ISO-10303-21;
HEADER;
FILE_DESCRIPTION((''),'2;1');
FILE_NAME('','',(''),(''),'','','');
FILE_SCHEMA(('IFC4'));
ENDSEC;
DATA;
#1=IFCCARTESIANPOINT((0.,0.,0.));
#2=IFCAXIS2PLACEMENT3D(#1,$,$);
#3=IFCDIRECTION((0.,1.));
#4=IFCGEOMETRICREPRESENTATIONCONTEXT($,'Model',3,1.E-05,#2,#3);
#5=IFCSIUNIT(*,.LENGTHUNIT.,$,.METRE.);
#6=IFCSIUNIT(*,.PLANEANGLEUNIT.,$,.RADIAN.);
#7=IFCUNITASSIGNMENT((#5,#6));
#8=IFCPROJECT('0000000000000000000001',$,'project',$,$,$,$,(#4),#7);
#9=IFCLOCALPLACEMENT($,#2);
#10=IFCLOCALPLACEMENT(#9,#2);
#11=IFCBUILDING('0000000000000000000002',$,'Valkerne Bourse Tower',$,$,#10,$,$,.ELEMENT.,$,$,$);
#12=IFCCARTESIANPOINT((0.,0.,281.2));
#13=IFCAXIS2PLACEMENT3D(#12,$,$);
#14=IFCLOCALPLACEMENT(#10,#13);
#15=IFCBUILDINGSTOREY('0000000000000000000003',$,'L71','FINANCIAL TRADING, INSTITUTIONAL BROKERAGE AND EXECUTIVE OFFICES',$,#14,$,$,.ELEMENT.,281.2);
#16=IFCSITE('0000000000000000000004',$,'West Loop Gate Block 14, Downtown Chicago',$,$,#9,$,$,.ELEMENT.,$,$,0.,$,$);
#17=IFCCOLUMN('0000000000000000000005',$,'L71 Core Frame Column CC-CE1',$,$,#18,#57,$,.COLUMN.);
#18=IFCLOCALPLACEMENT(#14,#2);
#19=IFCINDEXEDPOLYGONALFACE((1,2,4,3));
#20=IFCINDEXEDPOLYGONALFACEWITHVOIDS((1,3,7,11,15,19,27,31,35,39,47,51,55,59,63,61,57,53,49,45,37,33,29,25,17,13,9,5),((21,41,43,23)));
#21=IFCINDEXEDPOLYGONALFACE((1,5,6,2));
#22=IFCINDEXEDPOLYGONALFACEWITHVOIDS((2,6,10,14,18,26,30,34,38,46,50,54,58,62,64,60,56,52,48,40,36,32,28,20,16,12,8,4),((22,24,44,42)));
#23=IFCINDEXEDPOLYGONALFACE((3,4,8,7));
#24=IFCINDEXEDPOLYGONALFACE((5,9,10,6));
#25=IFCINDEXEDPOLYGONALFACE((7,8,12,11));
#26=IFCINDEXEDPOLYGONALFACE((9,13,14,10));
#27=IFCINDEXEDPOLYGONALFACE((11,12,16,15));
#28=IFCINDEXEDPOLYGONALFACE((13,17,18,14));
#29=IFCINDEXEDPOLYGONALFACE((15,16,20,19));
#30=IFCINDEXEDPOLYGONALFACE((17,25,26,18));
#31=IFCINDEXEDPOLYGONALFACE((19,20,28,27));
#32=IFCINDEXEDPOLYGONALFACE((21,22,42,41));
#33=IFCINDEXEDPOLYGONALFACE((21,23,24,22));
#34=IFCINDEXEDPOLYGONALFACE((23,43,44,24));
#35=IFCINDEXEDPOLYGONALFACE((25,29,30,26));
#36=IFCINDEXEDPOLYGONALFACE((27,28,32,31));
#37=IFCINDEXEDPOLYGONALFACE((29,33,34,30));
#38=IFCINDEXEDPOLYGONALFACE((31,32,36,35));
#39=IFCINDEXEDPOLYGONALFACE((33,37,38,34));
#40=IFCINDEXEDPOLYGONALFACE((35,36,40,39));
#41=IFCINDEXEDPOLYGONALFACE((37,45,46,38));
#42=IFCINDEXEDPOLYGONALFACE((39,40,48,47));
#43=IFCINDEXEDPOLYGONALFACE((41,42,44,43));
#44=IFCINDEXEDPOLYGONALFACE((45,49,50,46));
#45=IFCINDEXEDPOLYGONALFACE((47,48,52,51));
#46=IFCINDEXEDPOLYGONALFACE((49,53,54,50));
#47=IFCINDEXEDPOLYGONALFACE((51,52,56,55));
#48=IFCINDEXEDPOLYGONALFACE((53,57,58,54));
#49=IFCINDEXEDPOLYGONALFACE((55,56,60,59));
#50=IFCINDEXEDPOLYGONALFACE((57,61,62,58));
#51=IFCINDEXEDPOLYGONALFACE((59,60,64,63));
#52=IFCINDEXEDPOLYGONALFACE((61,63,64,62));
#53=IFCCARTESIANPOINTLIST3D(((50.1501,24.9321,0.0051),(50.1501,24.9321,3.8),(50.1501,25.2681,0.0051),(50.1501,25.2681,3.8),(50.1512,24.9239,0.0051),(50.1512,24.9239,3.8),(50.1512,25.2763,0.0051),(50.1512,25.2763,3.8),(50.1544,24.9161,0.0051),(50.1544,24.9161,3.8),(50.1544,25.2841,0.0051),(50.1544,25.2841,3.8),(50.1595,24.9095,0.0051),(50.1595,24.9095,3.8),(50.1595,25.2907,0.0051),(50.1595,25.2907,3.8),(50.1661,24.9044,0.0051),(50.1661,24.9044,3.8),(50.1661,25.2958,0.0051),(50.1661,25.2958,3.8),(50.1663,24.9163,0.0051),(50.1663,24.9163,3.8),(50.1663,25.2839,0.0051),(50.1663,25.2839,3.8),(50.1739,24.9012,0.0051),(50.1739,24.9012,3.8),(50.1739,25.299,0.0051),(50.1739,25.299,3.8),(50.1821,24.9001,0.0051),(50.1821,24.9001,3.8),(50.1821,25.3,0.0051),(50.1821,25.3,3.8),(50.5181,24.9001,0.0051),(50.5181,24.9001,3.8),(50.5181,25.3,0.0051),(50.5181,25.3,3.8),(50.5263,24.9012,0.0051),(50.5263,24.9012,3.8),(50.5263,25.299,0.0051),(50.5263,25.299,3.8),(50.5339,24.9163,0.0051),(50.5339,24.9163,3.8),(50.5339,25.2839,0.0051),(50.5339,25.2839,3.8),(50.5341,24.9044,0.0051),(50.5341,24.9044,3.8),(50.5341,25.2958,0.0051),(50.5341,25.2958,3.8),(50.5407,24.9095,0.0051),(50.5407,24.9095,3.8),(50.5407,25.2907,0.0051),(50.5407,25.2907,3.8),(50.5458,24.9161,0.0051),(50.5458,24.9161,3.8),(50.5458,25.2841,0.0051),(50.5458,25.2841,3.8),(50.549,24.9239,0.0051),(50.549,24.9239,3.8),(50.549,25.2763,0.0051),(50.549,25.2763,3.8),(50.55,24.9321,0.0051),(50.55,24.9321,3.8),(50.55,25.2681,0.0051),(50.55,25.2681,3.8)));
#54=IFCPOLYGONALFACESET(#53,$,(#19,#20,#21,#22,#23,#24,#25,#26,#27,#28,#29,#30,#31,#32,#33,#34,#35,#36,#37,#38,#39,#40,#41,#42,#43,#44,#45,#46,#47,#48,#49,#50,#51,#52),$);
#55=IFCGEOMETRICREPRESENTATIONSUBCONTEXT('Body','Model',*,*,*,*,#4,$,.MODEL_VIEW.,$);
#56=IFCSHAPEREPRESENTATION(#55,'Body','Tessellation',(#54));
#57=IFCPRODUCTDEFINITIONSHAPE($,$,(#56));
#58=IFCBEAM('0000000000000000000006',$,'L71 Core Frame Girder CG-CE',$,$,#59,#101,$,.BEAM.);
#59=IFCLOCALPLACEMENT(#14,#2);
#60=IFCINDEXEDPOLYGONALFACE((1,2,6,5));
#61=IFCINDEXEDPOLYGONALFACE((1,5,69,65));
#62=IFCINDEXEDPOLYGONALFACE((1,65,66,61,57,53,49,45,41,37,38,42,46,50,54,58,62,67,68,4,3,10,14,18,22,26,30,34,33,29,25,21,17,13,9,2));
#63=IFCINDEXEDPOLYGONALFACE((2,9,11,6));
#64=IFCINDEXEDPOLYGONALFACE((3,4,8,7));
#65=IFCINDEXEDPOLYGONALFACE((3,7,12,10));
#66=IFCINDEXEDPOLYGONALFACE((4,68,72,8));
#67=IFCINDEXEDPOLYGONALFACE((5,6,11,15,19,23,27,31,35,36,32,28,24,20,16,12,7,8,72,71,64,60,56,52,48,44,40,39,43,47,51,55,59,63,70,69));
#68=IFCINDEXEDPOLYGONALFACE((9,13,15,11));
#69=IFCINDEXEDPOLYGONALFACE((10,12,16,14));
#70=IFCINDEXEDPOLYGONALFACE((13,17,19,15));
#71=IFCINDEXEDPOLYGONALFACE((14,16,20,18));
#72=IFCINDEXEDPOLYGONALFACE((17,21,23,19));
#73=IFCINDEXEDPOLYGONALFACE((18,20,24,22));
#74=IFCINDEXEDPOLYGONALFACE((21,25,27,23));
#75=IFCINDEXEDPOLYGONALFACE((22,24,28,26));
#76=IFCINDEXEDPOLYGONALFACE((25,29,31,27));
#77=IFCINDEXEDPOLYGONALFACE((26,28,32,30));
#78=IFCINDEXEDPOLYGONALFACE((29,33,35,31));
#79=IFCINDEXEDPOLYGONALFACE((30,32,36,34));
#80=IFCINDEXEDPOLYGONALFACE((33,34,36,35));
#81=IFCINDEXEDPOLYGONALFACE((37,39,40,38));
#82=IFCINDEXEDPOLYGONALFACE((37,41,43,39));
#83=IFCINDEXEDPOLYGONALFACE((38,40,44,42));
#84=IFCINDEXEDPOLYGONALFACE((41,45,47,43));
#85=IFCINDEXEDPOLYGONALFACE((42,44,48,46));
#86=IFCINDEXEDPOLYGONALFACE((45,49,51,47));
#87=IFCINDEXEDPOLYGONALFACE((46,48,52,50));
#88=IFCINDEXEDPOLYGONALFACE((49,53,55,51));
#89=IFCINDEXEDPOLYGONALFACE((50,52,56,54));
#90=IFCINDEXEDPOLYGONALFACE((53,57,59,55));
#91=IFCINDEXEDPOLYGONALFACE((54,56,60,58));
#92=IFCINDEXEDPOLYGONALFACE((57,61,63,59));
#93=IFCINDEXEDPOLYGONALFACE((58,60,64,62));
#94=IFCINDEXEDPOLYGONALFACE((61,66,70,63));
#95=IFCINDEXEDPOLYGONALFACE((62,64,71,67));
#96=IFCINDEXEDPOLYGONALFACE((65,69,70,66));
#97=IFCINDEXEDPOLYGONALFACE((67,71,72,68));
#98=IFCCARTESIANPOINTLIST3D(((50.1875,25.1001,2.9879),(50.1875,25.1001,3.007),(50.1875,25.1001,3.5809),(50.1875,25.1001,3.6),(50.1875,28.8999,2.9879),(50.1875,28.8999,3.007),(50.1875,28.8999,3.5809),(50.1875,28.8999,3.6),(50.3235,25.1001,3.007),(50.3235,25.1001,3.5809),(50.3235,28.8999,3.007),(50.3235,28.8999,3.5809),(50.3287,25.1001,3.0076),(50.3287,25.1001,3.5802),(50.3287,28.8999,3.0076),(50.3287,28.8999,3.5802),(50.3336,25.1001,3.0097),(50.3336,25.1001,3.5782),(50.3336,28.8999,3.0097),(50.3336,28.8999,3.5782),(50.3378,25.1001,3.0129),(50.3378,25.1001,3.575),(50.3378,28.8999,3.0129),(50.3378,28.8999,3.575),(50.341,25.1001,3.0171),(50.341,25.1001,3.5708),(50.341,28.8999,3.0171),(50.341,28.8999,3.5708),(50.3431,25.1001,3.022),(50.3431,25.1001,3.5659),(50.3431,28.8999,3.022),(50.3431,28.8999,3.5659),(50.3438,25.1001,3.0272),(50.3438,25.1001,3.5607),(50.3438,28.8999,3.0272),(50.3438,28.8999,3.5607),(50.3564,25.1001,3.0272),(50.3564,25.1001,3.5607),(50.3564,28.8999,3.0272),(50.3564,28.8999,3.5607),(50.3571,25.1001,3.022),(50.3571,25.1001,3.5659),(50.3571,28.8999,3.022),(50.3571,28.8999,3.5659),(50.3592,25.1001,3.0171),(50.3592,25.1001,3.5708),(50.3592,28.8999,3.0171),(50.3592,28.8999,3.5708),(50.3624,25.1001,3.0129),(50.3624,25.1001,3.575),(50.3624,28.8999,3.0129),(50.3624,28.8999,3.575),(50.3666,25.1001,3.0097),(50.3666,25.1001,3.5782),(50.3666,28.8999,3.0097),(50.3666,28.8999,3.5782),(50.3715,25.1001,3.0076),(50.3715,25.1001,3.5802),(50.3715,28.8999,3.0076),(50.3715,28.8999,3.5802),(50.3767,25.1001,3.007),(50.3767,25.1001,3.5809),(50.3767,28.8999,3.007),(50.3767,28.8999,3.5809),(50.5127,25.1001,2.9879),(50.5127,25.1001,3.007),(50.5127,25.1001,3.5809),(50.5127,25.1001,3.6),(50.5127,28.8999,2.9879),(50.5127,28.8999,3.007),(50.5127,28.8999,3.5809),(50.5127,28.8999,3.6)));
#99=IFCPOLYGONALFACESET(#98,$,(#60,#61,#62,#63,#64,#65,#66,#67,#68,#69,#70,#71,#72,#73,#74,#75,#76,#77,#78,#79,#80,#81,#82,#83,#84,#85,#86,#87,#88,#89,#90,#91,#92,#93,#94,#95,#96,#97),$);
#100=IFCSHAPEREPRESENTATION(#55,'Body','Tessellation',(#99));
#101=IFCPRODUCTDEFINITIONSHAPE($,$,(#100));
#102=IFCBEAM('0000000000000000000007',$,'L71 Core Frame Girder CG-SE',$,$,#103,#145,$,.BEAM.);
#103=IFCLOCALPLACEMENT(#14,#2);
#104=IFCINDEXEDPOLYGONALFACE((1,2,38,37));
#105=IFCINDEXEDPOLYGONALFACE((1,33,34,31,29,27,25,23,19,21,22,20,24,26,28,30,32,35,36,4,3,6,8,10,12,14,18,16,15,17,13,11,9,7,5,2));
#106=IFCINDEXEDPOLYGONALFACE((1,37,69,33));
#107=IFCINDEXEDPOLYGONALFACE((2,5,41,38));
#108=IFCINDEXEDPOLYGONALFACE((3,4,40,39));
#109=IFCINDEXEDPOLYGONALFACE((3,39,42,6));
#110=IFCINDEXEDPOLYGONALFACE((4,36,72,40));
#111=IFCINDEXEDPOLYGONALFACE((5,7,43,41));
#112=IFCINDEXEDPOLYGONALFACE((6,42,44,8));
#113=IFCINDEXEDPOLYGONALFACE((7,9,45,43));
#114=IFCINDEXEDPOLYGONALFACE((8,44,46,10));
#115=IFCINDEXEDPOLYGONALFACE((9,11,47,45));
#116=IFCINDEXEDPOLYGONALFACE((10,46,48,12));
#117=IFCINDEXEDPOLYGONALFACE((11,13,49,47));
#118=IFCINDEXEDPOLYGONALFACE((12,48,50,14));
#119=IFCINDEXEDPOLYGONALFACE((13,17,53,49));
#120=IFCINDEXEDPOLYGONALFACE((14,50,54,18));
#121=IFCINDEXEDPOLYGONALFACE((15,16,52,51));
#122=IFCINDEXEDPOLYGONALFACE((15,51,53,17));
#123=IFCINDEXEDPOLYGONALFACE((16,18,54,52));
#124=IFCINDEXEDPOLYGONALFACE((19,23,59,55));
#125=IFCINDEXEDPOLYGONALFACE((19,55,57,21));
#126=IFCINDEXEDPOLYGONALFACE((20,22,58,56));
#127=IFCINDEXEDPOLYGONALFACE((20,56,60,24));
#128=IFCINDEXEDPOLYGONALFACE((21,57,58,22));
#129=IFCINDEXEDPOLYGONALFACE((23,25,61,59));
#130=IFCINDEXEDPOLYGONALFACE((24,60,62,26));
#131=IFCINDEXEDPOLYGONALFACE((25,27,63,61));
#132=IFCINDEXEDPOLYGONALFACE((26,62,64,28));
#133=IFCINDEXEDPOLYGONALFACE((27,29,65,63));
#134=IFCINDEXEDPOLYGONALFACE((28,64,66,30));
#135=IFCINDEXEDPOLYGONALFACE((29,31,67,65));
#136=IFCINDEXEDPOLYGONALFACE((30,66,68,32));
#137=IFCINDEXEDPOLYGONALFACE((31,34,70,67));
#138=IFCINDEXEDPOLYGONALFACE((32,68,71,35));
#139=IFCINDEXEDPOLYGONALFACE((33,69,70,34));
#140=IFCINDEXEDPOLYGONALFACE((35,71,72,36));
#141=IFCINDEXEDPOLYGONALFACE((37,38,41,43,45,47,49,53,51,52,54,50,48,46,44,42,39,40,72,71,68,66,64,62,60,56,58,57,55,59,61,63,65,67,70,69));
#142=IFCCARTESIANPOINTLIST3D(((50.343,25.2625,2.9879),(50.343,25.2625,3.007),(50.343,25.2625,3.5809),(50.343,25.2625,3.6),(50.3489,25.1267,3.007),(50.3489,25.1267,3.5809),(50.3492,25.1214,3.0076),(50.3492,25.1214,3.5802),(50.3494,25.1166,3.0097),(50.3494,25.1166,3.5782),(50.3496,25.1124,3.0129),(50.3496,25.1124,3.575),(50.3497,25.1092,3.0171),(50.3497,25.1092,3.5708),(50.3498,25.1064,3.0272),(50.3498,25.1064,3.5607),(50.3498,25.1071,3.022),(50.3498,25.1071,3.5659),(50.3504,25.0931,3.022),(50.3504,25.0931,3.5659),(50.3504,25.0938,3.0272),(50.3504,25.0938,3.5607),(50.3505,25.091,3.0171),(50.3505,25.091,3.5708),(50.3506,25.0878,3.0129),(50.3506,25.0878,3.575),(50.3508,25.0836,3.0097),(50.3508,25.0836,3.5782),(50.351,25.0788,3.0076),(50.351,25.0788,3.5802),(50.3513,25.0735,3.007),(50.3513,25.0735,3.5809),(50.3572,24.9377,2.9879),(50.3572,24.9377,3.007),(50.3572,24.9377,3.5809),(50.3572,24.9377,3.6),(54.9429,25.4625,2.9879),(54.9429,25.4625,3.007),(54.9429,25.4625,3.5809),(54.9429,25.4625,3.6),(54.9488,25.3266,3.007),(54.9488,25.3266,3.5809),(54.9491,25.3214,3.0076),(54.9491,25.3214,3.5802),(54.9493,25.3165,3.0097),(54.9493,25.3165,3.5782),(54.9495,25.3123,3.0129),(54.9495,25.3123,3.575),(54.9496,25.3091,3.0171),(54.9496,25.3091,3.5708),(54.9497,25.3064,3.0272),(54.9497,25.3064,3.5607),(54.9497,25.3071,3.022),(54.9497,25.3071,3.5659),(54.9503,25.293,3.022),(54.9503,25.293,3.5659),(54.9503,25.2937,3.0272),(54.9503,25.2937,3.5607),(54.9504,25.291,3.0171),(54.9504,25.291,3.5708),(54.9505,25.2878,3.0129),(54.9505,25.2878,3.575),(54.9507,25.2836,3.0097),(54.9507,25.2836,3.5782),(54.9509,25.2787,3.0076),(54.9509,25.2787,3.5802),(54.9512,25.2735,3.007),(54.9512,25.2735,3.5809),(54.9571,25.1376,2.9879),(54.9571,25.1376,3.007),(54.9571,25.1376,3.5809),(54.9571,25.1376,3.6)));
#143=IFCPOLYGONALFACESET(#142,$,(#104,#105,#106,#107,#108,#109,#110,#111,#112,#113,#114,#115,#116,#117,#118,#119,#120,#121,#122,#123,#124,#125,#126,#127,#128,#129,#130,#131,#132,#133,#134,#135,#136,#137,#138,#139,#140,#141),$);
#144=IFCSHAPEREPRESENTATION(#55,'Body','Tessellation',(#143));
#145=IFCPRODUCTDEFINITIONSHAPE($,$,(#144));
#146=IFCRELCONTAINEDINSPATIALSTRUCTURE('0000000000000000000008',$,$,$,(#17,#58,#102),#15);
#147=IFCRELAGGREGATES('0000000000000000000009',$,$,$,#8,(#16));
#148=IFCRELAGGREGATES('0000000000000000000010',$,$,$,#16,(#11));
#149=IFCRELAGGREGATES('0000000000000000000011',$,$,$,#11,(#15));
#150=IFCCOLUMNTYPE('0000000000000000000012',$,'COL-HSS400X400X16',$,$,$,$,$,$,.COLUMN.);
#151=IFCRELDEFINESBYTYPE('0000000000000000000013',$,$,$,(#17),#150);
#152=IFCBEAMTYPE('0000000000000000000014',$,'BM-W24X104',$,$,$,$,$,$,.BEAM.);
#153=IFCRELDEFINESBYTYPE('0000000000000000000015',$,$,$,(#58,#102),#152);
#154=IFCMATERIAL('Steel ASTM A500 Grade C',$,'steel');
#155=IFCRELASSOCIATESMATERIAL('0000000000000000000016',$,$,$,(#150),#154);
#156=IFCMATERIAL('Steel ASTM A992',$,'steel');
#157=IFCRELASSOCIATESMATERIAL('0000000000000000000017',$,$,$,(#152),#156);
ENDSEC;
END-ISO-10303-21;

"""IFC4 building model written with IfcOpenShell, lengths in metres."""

from ifc_helpers import new_model, si_unit, direction, frame, origin, origin_2d, place, context, subcontext, project, spatial, hollow_rectangle, i_section, extrude, material, material_profile, profile_set, type_object, element, save


model = new_model("IFC4")

# Units and contexts
model_context = context("Model", 3, precision=1e-05, world=origin(), true_north=direction((0.0, 1.0)))
body_context = subcontext(model_context, "Body", "Model", "MODEL_VIEW")
ifc_project = project(units=[si_unit("LENGTHUNIT", "METRE"), si_unit("PLANEANGLEUNIT", "RADIAN")], contexts=[model_context])

# Site, building, storey
site_placement = place(None, origin())
site = spatial("IfcSite", under=ifc_project, at=site_placement, Name="West Loop Gate Block 14, Downtown Chicago", CompositionType="ELEMENT", RefElevation=0.0)
building_placement = place(site_placement, origin())
building = spatial("IfcBuilding", under=site, at=building_placement, Name="Valkerne Bourse Tower", CompositionType="ELEMENT")
storey_placement = place(building_placement, frame((0.0, 0.0, 281.2)))
storey = spatial("IfcBuildingStorey", under=building, at=storey_placement, Name="L71", Description="FINANCIAL TRADING, INSTITUTIONAL BROKERAGE AND EXECUTIVE OFFICES", CompositionType="ELEMENT", Elevation=281.2)

# Column
ifc_material_1 = material(Name="Steel ASTM A500 Grade C", Category="steel")
ifc_material_profile_1 = material_profile(ifc_material_1, hollow_rectangle(XDim=0.3999, YDim=0.3999, WallThickness=0.0161, OuterFilletRadius=0.032, at=origin_2d()), Name="HSS400X400X16")
ifc_profile_set_1 = profile_set([ifc_material_profile_1], Name="Steel ASTM A500 Grade C")
column_type = type_object("IfcColumnType", Name="COL-HSS400X400X16", PredefinedType="COLUMN", material=ifc_profile_set_1)
column_placement = place(storey_placement, frame((50.3501, 25.1001, 0.0051), z_axis=(0.0, 0.0, 1.0), x_axis=(1.0, 0.0, 0.0)))
element("IfcColumn", 1, at=column_placement, inside=storey, type_object=column_type, Name="L71 Core Frame Column CC-CE1", PredefinedType="COLUMN", context=body_context, shape_type="SweptSolid", body=[
    extrude(hollow_rectangle(XDim=0.3999, YDim=0.3999, WallThickness=0.0161, OuterFilletRadius=0.032, at=origin_2d()), origin(), (0.0, 0.0, 1.0), 3.7949),
])

# Beams
ifc_material_2 = material(Name="Steel ASTM A992", Category="steel")
ifc_material_profile_2 = material_profile(ifc_material_2, i_section(OverallWidth=0.3252, OverallDepth=0.6121, WebThickness=0.0127, FlangeThickness=0.019, FilletRadius=0.0203, at=origin_2d()), Name="W24X104")
ifc_profile_set_2 = profile_set([ifc_material_profile_2], Name="Steel ASTM A992")
beam_type = type_object("IfcBeamType", Name="BM-W24X104", PredefinedType="BEAM", material=ifc_profile_set_2)
beam_1_placement = place(storey_placement, frame((50.3501, 25.1001, 3.2939), z_axis=(0.0, 1.0, 0.0), x_axis=(-1.0, 0.0, 0.0)))
element("IfcBeam", 2, at=beam_1_placement, inside=storey, type_object=beam_type, Name="L71 Core Frame Girder CG-CE", PredefinedType="BEAM", context=body_context, shape_type="SweptSolid", body=[
    extrude(i_section(OverallWidth=0.3252, OverallDepth=0.6121, WebThickness=0.0127, FlangeThickness=0.019, FilletRadius=0.0203, at=origin_2d()), origin(), (0.0, 0.0, 1.0), 3.7998),
])
beam_2_placement = place(storey_placement, frame((50.3501, 25.1001, 3.2939), z_axis=(0.999057, 0.043428, 0.0), x_axis=(-0.043428, 0.999057, 0.0)))
element("IfcBeam", 3, at=beam_2_placement, inside=storey, type_object=beam_type, Name="L71 Core Frame Girder CG-SE", PredefinedType="BEAM", context=body_context, shape_type="SweptSolid", body=[
    extrude(i_section(OverallWidth=0.3252, OverallDepth=0.6121, WebThickness=0.0127, FlangeThickness=0.019, FilletRadius=0.0203, at=origin_2d()), origin(), (0.0, 0.0, 1.0), 4.6042),
])

save(model, "model.ifc")
